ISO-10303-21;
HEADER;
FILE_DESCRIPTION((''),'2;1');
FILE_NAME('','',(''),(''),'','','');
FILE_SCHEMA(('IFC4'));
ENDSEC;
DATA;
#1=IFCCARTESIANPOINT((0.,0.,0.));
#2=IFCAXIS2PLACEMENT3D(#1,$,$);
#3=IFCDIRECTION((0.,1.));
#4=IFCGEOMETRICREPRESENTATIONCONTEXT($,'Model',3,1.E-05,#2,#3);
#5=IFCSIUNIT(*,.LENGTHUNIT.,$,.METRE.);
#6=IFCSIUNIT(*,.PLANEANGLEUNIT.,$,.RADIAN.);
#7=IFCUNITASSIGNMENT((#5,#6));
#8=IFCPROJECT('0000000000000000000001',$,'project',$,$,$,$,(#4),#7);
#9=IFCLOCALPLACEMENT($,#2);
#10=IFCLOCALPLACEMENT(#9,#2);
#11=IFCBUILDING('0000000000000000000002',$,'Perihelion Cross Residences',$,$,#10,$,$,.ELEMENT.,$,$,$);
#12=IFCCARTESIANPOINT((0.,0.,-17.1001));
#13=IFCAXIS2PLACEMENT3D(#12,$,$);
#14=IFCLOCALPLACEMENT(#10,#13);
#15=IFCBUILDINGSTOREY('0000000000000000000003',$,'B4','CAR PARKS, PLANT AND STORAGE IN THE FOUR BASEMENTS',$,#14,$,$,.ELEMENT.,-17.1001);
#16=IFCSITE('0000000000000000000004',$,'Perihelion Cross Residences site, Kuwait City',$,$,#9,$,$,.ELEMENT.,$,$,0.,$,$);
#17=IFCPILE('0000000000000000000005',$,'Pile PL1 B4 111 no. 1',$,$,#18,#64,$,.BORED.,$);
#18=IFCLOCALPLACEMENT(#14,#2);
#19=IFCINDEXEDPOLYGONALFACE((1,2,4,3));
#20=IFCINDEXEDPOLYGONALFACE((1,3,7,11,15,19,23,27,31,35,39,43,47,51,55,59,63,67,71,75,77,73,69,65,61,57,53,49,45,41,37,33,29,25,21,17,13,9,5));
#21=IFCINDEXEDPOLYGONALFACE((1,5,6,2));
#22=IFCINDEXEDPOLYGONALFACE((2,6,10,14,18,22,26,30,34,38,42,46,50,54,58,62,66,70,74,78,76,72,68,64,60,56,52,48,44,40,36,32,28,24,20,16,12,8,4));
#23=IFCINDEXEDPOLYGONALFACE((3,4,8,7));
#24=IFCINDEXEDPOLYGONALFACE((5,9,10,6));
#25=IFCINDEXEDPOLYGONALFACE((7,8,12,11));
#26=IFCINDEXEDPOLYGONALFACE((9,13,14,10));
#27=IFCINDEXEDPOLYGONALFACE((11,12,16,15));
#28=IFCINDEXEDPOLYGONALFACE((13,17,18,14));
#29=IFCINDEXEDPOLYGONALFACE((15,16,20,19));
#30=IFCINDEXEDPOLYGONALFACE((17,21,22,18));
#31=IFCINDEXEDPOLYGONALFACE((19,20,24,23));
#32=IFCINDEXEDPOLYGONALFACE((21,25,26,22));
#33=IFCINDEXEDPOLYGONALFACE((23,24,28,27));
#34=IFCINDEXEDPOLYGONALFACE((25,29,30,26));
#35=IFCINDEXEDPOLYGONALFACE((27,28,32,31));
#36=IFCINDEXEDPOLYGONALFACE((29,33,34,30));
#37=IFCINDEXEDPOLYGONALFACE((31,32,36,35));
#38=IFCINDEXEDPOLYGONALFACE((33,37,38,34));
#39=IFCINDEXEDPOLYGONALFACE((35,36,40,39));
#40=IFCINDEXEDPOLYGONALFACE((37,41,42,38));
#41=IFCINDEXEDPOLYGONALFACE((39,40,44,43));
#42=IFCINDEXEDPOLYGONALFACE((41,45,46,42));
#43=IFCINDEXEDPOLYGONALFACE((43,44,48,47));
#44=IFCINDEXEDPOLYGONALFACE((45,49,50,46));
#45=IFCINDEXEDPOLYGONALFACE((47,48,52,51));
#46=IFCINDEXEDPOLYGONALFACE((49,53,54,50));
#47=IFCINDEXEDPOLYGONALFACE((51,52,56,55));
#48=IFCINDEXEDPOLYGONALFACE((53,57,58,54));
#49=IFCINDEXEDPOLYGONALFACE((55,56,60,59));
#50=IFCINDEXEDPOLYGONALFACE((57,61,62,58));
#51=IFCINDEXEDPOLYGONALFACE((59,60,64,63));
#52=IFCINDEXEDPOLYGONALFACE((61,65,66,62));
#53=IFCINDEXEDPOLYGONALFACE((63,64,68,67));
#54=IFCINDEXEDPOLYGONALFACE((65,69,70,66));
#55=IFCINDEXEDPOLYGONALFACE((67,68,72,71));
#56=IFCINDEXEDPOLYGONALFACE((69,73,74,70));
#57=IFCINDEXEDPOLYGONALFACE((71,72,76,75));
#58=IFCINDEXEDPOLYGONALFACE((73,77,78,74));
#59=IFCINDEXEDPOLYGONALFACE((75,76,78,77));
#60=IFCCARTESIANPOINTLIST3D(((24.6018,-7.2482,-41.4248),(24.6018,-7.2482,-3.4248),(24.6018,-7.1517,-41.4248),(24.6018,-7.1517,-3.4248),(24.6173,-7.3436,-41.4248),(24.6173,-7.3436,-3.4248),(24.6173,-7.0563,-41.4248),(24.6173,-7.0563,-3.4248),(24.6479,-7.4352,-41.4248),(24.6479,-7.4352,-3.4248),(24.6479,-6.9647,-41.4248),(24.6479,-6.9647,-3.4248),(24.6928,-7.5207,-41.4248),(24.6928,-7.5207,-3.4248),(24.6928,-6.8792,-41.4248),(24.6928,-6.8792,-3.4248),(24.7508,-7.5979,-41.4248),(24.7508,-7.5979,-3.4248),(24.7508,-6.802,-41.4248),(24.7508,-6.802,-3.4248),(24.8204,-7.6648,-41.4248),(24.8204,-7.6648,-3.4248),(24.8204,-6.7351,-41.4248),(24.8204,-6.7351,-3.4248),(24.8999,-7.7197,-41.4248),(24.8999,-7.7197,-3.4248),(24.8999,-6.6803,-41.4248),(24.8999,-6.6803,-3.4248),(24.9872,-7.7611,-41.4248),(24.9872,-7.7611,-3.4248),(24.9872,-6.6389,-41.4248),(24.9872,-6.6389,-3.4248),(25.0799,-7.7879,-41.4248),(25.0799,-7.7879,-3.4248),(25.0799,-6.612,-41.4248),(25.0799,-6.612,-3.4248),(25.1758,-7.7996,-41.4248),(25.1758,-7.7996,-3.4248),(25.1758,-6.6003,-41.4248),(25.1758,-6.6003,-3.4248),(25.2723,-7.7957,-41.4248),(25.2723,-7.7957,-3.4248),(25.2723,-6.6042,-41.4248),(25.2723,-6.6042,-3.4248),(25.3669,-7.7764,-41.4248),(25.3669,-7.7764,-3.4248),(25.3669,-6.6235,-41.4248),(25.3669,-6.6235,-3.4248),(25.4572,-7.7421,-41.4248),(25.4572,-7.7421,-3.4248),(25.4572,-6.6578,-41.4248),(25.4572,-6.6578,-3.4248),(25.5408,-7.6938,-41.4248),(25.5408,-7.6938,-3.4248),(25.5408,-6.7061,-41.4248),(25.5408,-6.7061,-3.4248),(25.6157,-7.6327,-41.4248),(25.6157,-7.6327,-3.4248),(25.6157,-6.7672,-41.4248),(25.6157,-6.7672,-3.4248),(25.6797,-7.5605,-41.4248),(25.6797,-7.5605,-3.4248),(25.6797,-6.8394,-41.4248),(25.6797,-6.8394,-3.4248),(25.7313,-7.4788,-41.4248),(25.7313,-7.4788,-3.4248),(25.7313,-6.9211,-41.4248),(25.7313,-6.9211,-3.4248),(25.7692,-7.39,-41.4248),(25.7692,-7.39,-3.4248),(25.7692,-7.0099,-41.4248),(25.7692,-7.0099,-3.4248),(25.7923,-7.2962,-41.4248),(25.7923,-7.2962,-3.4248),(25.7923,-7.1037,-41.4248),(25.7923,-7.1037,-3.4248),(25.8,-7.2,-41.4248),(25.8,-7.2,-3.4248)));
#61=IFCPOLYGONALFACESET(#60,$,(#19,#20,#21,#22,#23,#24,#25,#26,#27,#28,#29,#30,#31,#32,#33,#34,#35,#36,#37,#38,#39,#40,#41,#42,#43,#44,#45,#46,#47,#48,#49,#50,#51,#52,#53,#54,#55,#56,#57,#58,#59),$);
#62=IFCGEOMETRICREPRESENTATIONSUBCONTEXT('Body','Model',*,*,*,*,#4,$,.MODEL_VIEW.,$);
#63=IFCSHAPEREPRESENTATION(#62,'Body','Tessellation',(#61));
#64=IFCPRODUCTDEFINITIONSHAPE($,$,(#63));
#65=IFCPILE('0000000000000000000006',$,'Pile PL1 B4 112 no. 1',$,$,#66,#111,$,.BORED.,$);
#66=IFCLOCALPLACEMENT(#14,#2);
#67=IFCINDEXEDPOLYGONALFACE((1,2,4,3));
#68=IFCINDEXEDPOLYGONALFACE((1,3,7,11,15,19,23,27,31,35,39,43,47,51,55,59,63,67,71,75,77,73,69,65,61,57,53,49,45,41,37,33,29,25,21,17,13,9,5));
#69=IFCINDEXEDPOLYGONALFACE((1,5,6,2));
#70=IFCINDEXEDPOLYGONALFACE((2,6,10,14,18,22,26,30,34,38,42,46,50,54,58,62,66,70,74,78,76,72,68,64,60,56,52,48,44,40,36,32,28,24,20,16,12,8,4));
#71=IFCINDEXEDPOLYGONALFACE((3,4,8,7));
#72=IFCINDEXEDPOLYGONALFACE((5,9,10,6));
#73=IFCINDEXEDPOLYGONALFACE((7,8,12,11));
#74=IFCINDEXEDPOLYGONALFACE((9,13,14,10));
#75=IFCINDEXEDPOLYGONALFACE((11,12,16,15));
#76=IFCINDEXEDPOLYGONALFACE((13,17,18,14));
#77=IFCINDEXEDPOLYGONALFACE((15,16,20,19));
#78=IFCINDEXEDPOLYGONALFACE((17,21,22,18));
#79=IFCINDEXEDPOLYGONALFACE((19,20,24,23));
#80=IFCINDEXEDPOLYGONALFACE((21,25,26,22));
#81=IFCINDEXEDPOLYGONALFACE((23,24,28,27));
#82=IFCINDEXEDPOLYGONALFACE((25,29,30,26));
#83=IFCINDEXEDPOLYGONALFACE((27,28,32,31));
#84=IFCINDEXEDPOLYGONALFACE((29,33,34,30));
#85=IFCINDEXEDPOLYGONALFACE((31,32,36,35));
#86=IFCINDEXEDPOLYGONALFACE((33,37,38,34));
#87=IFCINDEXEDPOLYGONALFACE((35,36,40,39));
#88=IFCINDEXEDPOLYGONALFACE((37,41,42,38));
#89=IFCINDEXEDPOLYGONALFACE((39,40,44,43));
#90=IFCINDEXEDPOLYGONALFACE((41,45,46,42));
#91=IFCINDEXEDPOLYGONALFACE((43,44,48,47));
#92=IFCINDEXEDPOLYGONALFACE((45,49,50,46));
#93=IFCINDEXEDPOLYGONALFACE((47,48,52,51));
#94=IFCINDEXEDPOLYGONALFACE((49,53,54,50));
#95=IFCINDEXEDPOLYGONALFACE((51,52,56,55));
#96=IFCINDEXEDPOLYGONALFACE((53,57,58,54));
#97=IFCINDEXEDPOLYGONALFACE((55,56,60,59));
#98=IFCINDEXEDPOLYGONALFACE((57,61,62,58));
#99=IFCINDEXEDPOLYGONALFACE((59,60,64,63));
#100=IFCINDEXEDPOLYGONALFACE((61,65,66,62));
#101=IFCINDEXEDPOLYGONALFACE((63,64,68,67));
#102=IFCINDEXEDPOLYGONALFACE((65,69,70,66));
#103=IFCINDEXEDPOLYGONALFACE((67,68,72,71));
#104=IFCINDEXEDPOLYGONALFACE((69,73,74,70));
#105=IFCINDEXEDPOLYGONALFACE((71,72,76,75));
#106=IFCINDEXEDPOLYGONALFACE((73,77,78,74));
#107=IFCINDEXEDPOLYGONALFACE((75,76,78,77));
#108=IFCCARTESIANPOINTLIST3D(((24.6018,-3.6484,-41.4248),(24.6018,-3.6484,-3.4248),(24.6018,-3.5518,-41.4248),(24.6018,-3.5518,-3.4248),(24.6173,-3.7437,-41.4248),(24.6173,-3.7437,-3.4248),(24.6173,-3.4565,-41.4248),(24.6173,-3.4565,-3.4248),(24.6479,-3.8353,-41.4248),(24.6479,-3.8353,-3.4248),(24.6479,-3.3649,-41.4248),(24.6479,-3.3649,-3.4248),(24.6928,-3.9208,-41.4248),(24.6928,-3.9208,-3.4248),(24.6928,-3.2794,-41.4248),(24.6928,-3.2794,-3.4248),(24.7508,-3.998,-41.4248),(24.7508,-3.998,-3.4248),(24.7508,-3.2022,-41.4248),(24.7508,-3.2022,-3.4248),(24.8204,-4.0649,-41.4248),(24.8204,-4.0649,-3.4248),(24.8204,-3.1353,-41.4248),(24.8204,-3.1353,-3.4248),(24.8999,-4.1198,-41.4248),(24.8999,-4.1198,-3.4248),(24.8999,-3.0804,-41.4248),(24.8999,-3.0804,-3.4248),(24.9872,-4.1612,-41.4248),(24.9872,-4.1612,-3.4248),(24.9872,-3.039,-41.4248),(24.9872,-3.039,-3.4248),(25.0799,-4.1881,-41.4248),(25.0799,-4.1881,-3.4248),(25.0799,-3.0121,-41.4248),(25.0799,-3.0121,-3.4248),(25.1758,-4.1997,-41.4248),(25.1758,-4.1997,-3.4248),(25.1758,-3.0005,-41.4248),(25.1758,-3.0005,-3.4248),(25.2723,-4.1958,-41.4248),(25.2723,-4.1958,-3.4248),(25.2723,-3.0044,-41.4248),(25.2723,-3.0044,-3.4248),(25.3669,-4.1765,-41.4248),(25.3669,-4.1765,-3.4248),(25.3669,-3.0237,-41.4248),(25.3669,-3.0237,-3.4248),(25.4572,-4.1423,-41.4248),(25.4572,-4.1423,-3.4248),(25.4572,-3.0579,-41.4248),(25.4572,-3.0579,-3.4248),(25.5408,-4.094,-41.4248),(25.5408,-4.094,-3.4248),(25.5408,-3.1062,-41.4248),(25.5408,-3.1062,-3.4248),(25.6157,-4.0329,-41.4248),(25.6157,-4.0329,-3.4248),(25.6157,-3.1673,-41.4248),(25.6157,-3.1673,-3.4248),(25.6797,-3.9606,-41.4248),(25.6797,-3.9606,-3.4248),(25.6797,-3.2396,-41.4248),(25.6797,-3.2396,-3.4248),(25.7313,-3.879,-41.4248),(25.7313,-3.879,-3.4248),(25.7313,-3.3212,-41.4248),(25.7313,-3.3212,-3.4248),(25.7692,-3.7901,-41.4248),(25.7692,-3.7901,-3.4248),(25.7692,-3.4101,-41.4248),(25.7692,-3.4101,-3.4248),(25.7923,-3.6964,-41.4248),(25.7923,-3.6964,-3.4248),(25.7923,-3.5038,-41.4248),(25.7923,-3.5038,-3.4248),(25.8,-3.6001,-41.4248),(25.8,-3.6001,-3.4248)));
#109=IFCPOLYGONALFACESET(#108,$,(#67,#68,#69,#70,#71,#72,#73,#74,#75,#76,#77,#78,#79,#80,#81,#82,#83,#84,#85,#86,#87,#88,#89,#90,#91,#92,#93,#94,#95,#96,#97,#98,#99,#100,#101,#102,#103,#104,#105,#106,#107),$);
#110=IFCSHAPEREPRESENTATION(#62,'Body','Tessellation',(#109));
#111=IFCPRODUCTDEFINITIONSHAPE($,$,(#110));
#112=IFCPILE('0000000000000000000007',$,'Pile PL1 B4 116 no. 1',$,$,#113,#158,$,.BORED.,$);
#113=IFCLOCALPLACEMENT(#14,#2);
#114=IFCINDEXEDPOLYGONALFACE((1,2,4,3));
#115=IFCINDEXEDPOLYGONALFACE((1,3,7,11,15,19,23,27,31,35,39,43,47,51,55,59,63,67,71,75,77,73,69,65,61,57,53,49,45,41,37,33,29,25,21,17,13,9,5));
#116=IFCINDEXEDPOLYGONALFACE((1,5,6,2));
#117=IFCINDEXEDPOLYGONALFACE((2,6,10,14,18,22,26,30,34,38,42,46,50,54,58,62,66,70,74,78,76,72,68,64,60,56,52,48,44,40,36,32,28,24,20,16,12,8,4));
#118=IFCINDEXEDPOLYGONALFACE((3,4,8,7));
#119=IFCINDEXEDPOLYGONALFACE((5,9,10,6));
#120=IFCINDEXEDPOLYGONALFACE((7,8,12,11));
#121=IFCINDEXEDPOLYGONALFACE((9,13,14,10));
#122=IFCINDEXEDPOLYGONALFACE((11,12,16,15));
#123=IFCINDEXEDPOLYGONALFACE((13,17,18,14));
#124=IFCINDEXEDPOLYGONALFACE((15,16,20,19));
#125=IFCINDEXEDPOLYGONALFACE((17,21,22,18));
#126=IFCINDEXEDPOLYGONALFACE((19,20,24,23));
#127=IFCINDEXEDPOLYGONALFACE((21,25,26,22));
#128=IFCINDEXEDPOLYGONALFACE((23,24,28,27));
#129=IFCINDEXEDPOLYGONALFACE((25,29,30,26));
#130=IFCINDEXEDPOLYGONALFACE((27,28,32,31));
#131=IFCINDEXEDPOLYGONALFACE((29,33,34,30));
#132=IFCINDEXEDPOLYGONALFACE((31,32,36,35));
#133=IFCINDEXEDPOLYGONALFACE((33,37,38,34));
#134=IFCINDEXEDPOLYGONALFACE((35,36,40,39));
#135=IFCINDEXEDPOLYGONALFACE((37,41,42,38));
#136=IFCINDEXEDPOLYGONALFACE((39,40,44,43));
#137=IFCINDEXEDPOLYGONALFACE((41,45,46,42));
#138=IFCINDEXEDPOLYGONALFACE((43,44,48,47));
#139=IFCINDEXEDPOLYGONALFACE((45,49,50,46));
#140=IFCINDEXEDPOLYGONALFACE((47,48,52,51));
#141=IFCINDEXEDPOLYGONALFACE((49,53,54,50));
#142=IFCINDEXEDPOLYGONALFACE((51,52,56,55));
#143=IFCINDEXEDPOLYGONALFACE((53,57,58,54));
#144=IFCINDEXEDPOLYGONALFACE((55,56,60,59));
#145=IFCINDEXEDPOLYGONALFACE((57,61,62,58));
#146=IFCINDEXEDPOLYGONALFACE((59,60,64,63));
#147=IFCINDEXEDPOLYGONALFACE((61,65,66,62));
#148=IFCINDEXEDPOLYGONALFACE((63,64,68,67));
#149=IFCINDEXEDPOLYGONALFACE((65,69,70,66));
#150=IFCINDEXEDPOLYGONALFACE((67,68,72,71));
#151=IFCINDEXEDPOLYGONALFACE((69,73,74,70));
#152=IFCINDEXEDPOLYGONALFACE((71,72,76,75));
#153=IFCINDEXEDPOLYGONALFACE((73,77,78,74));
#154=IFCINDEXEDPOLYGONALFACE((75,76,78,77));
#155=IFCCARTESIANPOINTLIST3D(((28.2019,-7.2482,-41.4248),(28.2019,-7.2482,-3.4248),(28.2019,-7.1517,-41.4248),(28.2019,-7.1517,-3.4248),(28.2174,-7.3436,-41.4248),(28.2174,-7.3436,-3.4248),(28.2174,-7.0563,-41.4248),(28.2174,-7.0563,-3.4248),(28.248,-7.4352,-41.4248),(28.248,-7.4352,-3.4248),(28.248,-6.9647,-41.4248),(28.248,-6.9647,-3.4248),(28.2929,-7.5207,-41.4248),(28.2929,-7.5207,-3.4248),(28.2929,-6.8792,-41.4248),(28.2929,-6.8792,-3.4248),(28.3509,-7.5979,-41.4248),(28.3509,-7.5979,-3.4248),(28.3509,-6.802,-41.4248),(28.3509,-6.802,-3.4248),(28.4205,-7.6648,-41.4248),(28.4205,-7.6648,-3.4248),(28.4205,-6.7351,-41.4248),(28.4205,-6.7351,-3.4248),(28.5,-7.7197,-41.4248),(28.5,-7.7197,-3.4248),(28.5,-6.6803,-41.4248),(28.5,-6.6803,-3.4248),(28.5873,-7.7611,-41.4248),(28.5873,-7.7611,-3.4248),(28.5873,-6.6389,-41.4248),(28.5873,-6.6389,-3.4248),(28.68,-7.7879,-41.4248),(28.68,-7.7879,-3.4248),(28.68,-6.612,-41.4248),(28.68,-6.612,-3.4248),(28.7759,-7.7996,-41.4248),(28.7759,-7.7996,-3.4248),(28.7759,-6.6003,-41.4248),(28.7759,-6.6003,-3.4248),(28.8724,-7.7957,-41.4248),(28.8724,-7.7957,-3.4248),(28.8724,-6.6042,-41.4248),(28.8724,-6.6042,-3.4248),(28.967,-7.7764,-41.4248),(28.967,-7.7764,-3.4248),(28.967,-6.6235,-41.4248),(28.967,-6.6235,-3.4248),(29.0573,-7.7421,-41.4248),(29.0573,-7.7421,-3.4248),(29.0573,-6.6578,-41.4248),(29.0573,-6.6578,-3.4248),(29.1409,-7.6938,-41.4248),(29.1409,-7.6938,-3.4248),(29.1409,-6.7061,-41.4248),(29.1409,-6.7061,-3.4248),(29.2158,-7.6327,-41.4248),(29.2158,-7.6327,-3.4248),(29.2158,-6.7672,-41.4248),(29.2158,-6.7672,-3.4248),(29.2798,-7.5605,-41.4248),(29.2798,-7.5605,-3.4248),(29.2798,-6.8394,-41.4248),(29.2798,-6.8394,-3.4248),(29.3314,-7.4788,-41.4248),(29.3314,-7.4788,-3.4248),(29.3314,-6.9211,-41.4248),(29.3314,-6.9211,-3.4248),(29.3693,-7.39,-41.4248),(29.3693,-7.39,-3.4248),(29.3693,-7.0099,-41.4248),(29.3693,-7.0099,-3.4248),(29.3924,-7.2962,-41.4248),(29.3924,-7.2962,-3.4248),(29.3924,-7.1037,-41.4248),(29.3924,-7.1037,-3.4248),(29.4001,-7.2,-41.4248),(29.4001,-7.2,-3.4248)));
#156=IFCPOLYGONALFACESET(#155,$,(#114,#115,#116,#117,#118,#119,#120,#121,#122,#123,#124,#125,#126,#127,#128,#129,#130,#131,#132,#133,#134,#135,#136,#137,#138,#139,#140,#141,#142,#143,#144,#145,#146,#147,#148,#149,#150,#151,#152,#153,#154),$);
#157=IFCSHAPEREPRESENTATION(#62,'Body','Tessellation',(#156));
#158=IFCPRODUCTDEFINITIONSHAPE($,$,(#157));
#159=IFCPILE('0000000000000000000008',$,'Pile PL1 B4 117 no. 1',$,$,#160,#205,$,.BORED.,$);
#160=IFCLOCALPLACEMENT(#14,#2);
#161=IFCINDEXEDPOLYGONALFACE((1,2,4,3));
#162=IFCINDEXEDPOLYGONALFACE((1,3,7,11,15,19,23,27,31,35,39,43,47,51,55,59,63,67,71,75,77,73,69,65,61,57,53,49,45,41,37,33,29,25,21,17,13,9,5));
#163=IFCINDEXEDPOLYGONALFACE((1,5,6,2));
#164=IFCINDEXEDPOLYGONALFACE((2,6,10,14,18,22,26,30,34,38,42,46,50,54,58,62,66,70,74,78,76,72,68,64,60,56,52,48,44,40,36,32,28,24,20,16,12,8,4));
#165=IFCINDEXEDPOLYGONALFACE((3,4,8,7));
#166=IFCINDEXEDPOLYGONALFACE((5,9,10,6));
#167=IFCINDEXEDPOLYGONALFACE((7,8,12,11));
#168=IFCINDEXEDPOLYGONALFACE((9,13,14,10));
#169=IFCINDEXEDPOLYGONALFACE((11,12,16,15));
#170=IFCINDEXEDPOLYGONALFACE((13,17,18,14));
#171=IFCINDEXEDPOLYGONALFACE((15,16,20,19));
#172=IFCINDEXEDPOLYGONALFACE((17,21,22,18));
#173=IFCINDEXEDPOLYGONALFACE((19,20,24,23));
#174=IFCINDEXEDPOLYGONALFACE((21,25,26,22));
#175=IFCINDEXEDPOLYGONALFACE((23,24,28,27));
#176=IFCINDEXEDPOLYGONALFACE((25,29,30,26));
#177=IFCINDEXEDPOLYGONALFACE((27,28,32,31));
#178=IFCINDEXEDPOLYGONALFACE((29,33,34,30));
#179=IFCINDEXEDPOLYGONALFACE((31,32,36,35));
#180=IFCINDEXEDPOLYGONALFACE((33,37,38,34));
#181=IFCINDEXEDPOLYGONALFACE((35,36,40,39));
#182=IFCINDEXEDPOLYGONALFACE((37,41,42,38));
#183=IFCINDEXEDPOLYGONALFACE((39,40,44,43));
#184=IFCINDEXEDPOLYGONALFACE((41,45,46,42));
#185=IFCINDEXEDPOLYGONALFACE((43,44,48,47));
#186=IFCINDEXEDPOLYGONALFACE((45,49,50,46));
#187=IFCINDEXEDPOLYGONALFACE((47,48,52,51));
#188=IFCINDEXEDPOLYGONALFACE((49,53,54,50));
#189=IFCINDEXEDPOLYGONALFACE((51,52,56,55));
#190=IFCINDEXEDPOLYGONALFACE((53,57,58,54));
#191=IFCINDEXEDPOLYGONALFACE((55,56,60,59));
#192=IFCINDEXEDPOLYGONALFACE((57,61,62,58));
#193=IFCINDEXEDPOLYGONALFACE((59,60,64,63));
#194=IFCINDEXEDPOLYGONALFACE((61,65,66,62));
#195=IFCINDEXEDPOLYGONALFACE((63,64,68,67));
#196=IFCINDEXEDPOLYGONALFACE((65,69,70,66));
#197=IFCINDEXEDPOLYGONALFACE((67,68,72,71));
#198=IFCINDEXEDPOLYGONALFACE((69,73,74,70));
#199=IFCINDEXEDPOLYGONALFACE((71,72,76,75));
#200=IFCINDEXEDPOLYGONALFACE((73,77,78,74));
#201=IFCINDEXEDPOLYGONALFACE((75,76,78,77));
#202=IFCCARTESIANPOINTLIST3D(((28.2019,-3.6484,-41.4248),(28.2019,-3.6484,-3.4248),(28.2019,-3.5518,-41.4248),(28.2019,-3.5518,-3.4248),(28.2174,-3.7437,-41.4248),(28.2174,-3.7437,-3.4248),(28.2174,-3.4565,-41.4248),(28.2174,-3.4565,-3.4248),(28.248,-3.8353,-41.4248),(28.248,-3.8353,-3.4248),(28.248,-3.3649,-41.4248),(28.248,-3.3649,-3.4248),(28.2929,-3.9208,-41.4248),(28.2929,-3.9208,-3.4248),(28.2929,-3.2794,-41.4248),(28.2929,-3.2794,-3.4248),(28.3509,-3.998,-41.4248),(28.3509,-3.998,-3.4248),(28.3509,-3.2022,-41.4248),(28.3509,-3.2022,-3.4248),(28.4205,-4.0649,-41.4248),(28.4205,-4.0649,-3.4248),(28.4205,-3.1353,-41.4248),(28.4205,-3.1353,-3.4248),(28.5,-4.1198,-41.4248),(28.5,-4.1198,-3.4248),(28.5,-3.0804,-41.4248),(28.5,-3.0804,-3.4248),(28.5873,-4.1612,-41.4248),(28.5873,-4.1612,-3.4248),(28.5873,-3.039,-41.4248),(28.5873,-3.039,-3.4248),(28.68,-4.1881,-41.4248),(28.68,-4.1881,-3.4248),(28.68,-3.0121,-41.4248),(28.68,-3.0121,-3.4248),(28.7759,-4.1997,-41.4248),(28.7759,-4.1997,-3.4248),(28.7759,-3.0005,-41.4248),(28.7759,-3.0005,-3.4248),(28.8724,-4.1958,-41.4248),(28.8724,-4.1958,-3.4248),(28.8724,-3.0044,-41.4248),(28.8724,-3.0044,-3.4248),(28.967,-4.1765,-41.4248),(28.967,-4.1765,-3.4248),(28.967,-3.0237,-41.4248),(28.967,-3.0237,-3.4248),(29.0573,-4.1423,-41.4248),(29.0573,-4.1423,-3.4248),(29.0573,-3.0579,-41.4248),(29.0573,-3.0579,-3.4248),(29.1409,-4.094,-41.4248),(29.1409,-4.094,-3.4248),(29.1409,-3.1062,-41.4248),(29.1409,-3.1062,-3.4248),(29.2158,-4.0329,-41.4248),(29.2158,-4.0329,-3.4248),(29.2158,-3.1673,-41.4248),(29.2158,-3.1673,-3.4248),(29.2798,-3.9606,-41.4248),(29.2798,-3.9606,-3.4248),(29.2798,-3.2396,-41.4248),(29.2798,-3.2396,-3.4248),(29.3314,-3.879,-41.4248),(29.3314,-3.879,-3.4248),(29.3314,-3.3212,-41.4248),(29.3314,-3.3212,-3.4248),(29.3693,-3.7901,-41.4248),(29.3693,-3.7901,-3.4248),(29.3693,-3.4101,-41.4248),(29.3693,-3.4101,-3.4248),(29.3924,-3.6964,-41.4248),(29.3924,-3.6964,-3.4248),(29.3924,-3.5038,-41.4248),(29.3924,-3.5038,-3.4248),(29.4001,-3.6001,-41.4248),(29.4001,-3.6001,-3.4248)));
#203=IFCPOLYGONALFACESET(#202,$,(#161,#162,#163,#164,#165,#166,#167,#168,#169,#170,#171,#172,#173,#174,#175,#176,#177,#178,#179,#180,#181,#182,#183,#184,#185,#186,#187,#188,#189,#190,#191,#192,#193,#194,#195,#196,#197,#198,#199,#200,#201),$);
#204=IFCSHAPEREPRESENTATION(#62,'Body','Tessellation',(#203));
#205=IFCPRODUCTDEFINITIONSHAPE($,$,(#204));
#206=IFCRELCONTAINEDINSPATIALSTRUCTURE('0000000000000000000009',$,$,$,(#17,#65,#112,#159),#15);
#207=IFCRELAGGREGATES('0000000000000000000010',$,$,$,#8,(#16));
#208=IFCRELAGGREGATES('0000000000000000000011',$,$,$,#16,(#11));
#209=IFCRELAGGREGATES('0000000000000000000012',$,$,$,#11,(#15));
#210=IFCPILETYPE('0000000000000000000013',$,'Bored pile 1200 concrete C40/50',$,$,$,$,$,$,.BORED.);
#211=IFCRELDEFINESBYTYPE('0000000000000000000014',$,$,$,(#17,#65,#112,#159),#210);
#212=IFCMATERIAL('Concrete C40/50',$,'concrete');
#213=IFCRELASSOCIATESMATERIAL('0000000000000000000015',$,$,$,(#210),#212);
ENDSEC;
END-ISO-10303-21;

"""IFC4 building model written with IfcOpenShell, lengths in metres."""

from ifc_helpers import new_model, si_unit, direction, frame, origin, origin_2d, place, context, subcontext, project, spatial, circle, extrude, material, type_object, element, save


model = new_model("IFC4")

# Units and contexts
model_context = context("Model", 3, precision=1e-05, world=origin(), true_north=direction((0.0, 1.0)))
body_context = subcontext(model_context, "Body", "Model", "MODEL_VIEW")
ifc_project = project(units=[si_unit("LENGTHUNIT", "METRE"), si_unit("PLANEANGLEUNIT", "RADIAN")], contexts=[model_context])

# Site, building, storey
site_placement = place(None, origin())
site = spatial("IfcSite", under=ifc_project, at=site_placement, Name="Perihelion Cross Residences site, Kuwait City", CompositionType="ELEMENT", RefElevation=0.0)
building_placement = place(site_placement, origin())
building = spatial("IfcBuilding", under=site, at=building_placement, Name="Perihelion Cross Residences", CompositionType="ELEMENT")
storey_placement = place(building_placement, frame((0.0, 0.0, -17.1001)))
storey = spatial("IfcBuildingStorey", under=building, at=storey_placement, Name="B4", Description="CAR PARKS, PLANT AND STORAGE IN THE FOUR BASEMENTS", CompositionType="ELEMENT", Elevation=-17.1001)

# Piles
ifc_material_1 = material(Name="Concrete C40/50", Category="concrete")
pile_type = type_object("IfcPileType", Name="Bored pile 1200 concrete C40/50", PredefinedType="BORED", material=ifc_material_1)
for number, where, z_axis, x_axis, name in (
    (1, (25.2, -7.2, -3.4248), (0.0, 0.0, -1.0), (1.0, 0.0, 0.0), "Pile PL1 B4 111 no. 1"),
    (2, (25.2, -3.6001, -3.4248), (0.0, 0.0, -1.0), (1.0, 0.0, 0.0), "Pile PL1 B4 112 no. 1"),
    (3, (28.8, -7.2, -3.4248), (0.0, 0.0, -1.0), (1.0, 0.0, 0.0), "Pile PL1 B4 116 no. 1"),
    (4, (28.8, -3.6001, -3.4248), (0.0, 0.0, -1.0), (1.0, 0.0, 0.0), "Pile PL1 B4 117 no. 1"),
):
    element("IfcPile", number, at=place(storey_placement, frame(where, z_axis=z_axis, x_axis=x_axis)), inside=storey, type_object=pile_type, Name=name, PredefinedType="BORED", context=body_context, shape_type="SweptSolid", body=[
        extrude(circle(Radius=0.6001, at=origin_2d()), origin(), (0.0, 0.0, 1.0), 38.0),
    ])

save(model, "model.ifc")
